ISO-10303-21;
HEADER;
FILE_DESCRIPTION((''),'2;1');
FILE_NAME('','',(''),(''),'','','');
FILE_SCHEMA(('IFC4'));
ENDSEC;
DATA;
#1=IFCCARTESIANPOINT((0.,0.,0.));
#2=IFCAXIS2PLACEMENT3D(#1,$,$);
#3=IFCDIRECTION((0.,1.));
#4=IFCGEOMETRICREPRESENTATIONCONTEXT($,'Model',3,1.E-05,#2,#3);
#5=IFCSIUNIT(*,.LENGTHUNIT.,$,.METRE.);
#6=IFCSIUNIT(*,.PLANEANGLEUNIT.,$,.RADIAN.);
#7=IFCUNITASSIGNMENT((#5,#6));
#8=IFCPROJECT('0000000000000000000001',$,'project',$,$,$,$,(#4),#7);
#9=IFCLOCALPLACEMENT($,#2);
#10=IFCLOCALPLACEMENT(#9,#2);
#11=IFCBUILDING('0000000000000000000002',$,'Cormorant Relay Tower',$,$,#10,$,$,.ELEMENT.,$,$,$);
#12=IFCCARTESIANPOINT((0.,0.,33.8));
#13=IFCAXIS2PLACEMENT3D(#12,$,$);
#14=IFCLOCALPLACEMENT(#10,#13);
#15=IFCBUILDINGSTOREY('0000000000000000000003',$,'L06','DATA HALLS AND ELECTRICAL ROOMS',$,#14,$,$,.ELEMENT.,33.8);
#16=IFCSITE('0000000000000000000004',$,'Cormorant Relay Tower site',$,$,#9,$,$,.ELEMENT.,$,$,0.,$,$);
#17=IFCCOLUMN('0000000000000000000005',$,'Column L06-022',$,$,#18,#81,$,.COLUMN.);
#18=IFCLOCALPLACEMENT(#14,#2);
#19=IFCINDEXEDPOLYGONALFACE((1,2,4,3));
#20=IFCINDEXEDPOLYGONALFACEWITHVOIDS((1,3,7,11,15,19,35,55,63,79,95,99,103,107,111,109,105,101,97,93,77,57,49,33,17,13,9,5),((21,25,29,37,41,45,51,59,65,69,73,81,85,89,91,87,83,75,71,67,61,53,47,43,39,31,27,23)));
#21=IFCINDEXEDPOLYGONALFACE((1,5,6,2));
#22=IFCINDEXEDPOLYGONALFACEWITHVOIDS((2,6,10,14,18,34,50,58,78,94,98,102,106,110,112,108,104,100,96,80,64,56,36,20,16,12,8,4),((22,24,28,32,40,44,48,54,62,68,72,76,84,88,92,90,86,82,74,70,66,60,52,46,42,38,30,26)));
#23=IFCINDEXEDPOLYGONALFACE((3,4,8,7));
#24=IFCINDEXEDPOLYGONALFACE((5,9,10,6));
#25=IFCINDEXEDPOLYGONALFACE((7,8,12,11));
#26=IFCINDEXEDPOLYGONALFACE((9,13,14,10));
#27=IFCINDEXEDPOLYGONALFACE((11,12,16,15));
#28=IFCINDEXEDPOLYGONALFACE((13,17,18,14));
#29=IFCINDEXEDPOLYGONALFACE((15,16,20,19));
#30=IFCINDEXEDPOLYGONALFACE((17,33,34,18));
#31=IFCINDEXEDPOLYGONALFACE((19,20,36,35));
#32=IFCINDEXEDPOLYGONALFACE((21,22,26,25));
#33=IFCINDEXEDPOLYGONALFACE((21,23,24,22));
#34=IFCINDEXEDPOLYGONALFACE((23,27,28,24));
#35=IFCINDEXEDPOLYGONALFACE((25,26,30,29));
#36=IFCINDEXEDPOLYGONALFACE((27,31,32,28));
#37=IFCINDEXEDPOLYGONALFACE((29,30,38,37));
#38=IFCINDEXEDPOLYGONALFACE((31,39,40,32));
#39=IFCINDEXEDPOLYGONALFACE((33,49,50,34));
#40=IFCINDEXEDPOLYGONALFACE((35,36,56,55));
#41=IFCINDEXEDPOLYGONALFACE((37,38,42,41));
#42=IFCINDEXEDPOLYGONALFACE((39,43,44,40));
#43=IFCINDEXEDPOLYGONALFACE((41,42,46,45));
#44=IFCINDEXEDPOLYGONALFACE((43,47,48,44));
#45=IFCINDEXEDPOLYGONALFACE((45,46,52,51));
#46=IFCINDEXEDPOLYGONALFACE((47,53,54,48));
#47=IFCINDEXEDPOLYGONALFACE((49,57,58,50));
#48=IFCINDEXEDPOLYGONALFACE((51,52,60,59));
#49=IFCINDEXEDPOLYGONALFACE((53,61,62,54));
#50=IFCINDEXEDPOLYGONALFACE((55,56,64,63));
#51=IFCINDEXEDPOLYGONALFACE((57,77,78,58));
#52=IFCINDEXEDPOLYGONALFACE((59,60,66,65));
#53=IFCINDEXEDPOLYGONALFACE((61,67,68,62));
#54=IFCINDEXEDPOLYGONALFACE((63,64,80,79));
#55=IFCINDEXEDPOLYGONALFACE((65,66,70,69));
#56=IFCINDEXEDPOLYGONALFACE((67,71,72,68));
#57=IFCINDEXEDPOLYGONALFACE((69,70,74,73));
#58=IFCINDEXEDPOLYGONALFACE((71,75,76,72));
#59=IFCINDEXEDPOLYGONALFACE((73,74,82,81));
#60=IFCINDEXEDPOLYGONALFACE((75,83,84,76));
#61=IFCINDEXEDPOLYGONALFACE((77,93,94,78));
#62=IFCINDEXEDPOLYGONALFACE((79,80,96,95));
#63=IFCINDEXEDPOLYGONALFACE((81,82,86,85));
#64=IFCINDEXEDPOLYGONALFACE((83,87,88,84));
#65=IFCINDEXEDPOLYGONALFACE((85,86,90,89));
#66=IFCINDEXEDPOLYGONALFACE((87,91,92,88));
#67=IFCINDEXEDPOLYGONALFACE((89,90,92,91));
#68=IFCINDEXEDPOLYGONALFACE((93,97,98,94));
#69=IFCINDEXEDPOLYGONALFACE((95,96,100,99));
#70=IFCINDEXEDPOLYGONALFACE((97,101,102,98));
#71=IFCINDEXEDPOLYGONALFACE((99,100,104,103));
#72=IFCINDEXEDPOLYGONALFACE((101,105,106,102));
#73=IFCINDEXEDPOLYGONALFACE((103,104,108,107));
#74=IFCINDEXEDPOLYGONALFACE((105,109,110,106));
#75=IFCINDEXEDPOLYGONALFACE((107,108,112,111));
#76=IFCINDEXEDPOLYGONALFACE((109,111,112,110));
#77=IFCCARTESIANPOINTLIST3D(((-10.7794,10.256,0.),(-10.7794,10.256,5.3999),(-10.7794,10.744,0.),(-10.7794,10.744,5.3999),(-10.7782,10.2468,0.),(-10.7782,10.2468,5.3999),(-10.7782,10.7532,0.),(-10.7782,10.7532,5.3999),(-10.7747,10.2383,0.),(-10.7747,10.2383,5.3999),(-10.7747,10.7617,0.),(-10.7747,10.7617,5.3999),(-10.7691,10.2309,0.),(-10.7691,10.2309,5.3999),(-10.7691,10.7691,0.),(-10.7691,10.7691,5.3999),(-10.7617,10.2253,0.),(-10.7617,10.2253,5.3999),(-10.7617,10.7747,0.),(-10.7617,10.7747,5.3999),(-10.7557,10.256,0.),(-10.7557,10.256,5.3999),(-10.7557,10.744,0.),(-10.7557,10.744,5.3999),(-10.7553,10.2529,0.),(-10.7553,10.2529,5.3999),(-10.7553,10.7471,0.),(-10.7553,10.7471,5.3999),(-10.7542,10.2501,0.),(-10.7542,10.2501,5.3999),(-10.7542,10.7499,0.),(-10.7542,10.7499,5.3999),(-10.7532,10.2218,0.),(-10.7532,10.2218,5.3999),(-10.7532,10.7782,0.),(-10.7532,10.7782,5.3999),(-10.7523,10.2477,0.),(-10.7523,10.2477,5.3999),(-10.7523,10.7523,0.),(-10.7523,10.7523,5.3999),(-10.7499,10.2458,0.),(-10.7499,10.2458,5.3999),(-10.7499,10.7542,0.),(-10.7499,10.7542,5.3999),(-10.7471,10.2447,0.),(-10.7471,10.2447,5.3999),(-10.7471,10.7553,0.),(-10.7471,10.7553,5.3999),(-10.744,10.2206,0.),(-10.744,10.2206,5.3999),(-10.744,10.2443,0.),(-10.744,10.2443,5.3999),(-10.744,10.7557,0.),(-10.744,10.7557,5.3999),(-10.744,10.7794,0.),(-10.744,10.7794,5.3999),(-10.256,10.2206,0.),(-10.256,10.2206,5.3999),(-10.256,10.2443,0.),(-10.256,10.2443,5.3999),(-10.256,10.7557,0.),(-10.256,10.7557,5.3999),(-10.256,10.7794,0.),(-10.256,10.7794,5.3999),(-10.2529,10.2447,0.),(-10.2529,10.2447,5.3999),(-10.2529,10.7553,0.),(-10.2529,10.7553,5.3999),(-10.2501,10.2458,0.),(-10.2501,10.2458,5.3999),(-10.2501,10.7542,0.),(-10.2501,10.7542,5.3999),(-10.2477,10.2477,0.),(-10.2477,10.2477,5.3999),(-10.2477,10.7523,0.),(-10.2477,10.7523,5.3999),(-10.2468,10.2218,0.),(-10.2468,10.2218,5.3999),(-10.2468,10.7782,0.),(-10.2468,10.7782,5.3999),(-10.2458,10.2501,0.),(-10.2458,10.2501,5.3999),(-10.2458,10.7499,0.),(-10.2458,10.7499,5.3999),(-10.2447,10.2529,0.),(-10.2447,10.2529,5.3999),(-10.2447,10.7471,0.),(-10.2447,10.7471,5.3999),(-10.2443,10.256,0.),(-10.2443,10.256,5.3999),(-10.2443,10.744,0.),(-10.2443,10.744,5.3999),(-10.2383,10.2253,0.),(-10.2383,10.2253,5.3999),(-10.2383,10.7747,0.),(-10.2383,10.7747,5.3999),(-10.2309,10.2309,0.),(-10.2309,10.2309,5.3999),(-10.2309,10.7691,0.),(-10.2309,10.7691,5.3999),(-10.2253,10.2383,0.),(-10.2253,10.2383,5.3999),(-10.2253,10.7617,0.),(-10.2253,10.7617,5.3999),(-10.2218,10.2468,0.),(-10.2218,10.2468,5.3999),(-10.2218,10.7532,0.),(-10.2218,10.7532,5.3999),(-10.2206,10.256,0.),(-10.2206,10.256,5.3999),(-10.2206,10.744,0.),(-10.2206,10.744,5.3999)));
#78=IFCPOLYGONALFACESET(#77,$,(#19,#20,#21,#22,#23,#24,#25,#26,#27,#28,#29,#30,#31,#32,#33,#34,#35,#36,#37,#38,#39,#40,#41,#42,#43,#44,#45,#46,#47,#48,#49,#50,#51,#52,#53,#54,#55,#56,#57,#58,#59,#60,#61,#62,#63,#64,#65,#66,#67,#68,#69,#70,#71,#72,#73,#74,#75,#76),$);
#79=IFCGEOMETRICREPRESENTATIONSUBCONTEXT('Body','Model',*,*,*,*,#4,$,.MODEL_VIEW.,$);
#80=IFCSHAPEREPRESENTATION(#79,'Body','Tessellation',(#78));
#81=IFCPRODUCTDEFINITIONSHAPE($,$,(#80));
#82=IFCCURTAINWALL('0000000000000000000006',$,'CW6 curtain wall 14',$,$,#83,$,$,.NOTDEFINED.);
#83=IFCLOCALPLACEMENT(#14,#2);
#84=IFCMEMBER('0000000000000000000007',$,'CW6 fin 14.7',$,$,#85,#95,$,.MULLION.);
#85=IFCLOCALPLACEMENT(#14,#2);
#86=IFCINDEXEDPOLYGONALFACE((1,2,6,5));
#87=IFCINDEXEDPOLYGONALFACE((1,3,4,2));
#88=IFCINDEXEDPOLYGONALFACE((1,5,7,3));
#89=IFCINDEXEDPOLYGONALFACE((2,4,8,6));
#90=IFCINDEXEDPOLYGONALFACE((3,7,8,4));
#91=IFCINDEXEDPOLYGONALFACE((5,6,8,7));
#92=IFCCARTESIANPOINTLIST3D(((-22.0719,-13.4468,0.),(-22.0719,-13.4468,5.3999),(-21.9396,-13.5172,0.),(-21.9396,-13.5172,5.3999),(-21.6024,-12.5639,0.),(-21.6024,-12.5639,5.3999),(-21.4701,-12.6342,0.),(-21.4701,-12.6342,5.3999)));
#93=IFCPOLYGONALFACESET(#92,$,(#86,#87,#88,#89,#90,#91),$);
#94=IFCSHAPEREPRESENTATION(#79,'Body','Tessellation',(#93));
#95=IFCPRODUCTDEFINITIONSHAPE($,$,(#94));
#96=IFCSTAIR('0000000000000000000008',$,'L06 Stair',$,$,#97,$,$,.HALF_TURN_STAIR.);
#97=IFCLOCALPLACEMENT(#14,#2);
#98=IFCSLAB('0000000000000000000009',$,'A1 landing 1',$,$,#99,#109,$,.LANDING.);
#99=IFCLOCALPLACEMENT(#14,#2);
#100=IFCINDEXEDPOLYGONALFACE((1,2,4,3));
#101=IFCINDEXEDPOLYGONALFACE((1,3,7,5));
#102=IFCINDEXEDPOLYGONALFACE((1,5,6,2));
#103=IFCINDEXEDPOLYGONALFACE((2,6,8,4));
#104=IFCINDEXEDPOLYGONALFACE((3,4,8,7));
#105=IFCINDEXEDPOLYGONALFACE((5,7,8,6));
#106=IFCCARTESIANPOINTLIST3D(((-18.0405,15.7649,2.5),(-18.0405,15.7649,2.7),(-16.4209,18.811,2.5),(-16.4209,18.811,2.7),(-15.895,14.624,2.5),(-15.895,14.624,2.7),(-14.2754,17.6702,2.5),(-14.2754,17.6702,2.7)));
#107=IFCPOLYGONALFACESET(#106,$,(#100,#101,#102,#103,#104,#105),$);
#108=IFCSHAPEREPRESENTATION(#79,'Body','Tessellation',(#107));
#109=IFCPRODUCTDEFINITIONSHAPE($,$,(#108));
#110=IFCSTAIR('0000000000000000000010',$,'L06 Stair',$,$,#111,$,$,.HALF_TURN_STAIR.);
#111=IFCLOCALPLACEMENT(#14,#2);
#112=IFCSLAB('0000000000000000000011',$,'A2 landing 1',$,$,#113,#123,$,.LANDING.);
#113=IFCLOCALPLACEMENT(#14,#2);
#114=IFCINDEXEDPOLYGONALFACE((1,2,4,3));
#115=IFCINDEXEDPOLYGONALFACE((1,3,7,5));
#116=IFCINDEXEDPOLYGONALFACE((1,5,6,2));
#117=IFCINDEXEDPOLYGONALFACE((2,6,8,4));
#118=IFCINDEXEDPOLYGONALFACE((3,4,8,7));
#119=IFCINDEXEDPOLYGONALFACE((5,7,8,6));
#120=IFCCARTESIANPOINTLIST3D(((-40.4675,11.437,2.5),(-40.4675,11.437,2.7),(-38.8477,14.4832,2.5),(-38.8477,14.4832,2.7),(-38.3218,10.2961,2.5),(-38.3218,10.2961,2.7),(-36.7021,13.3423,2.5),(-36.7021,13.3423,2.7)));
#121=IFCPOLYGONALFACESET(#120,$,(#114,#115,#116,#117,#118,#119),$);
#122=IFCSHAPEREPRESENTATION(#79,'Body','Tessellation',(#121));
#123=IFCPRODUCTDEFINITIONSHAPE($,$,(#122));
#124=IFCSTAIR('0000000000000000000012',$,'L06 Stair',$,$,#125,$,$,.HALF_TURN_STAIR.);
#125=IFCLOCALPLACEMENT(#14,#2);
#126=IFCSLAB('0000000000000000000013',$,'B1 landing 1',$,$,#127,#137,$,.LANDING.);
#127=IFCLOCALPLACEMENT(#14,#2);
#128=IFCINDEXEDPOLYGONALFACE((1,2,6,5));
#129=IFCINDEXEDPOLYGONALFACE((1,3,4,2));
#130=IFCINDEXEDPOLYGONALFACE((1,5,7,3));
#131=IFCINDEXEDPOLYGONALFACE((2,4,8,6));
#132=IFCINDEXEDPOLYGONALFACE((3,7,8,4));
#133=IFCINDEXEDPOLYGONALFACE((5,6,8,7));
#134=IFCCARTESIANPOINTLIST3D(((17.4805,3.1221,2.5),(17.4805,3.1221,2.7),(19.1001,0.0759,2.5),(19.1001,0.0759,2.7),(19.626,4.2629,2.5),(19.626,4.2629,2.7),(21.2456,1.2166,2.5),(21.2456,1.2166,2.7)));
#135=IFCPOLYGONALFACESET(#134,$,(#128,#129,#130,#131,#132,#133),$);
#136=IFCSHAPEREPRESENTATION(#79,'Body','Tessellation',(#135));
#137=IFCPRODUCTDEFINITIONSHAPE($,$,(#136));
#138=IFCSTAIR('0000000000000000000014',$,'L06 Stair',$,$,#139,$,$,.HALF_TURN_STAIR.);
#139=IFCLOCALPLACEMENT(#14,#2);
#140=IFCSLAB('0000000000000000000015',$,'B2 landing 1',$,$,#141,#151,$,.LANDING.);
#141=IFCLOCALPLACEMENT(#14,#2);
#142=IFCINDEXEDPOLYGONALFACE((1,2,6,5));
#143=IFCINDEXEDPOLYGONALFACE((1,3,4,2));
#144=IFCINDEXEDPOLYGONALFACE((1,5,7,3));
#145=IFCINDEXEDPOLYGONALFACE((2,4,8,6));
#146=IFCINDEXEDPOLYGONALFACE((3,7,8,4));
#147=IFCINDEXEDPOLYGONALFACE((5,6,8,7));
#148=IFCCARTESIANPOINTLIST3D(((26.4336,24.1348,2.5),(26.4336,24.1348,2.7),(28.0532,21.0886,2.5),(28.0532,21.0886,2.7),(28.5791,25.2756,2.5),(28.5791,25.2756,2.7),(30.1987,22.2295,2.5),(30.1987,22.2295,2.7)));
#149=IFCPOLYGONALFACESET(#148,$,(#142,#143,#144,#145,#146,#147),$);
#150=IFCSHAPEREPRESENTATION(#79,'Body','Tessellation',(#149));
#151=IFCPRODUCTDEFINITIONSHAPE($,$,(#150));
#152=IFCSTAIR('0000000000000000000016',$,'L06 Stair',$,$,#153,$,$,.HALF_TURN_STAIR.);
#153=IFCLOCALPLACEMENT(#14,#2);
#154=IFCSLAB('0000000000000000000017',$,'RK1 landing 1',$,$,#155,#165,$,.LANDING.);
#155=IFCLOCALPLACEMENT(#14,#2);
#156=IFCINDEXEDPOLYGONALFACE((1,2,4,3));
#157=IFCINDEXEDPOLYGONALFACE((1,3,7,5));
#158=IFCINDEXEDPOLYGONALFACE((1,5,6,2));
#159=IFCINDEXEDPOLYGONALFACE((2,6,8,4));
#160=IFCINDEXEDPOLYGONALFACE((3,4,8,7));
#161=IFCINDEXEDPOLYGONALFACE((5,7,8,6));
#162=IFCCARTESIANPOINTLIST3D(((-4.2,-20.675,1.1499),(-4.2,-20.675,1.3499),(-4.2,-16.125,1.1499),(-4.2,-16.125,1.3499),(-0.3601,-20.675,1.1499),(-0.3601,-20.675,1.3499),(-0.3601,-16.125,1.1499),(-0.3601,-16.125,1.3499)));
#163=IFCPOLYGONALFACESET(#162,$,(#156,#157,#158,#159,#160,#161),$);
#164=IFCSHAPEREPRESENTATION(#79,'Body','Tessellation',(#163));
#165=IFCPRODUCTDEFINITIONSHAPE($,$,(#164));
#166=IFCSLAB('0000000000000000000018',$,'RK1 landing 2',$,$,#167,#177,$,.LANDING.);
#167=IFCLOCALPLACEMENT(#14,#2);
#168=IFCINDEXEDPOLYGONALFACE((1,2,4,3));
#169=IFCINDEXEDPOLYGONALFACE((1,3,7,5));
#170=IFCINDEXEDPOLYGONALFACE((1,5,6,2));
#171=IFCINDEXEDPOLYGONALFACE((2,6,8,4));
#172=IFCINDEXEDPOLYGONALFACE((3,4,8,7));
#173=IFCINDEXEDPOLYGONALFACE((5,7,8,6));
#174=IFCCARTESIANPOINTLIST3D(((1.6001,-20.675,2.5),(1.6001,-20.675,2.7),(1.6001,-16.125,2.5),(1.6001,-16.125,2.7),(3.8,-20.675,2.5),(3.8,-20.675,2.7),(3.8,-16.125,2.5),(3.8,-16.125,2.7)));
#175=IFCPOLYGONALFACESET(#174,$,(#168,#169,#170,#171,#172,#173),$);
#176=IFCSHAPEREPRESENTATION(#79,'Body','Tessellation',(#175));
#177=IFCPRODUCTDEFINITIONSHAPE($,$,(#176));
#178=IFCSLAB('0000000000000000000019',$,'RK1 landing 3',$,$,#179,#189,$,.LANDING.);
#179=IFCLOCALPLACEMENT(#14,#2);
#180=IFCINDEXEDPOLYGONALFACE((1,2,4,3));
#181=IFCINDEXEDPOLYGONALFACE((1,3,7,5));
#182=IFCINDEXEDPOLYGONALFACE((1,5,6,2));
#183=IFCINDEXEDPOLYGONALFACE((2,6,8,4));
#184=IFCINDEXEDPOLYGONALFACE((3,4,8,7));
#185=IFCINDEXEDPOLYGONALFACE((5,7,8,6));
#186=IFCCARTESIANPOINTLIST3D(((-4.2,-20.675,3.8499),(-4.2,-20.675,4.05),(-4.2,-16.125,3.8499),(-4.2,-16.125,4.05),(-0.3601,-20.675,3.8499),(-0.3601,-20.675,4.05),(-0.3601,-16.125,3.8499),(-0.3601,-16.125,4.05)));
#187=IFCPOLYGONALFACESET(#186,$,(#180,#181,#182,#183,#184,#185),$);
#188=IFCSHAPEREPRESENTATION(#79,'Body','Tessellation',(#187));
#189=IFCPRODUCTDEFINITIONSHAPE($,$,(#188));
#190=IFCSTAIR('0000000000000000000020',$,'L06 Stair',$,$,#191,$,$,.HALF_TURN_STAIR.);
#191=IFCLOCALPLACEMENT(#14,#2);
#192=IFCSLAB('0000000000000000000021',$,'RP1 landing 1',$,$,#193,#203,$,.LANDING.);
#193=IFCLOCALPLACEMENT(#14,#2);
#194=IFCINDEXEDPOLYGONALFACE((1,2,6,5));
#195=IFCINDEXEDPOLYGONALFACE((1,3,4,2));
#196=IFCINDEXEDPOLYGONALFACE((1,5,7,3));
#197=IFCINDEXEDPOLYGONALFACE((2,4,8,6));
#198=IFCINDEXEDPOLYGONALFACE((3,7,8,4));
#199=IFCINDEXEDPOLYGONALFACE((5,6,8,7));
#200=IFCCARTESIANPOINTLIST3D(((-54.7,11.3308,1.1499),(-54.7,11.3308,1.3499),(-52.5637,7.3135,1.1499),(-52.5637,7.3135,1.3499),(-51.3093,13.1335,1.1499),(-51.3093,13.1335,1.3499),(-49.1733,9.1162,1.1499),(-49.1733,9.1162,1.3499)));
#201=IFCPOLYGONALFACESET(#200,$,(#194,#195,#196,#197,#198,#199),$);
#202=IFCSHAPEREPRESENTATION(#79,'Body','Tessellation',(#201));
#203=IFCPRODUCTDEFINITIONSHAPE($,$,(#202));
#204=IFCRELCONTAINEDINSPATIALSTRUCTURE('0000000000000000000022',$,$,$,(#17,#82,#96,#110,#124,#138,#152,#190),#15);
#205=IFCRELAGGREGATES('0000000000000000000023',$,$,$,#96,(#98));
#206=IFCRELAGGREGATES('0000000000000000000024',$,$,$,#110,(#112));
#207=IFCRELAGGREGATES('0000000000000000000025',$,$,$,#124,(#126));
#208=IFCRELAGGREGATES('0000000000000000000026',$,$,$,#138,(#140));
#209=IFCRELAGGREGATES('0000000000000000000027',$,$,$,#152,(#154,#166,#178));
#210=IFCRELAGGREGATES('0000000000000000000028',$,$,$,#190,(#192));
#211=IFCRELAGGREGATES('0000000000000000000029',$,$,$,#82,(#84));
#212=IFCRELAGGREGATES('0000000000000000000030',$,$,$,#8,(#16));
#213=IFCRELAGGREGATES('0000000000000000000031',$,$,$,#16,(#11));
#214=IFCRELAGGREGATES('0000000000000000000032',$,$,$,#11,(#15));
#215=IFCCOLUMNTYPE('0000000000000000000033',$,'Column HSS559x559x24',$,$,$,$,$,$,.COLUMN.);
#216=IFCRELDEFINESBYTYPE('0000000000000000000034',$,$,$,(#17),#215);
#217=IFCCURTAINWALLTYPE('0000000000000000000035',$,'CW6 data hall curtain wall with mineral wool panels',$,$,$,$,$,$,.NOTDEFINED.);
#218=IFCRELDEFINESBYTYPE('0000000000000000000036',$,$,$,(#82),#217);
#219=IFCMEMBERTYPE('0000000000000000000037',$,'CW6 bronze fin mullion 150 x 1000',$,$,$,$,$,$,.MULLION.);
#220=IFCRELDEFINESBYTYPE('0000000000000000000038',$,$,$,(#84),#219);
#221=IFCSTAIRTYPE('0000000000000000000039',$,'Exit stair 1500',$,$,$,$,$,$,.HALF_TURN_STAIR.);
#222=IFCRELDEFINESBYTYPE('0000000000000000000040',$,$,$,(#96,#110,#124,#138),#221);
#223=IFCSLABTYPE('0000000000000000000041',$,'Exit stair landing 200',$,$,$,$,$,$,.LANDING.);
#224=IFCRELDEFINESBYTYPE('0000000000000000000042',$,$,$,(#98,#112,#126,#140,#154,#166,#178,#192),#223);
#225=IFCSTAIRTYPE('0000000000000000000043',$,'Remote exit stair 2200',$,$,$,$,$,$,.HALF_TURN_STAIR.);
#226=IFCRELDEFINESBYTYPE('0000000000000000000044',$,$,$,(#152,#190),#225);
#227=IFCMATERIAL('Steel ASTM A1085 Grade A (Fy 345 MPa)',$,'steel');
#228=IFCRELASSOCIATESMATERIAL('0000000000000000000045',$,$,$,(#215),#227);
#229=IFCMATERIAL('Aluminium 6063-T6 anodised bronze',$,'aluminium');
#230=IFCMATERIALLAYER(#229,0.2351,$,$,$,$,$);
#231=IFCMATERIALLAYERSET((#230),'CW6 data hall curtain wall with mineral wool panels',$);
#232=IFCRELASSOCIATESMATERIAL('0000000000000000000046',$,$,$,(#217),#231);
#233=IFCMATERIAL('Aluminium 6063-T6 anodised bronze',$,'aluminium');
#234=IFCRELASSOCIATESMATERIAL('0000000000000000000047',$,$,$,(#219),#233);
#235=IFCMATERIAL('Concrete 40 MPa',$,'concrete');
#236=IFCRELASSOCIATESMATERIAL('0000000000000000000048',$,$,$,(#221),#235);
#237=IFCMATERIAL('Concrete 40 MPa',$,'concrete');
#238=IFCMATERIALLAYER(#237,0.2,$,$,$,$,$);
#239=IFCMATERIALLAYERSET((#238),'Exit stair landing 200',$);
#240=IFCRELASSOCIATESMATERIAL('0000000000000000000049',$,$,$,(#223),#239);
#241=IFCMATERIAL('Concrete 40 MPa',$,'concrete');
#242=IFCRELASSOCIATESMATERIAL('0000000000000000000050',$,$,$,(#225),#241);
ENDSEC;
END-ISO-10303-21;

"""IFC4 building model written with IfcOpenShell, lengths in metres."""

from ifc_helpers import new_model, si_unit, direction, frame, origin, origin_2d, place, context, subcontext, project, spatial, polyline, rectangle, hollow_rectangle, outline, extrude, material, layer, layer_set, material_profile, profile_set, type_object, element, aggregate, save


model = new_model("IFC4")

# Units and contexts
model_context = context("Model", 3, precision=1e-05, world=origin(), true_north=direction((0.0, 1.0)))
body_context = subcontext(model_context, "Body", "Model", "MODEL_VIEW")
ifc_project = project(units=[si_unit("LENGTHUNIT", "METRE"), si_unit("PLANEANGLEUNIT", "RADIAN")], contexts=[model_context])

# Site, building, storey
site_placement = place(None, origin())
site = spatial("IfcSite", under=ifc_project, at=site_placement, Name="Cormorant Relay Tower site", CompositionType="ELEMENT", RefElevation=0.0)
building_placement = place(site_placement, origin())
building = spatial("IfcBuilding", under=site, at=building_placement, Name="Cormorant Relay Tower", CompositionType="ELEMENT")
storey_placement = place(building_placement, frame((0.0, 0.0, 33.8)))
storey = spatial("IfcBuildingStorey", under=building, at=storey_placement, Name="L06", Description="DATA HALLS AND ELECTRICAL ROOMS", CompositionType="ELEMENT", Elevation=33.8)

# Column
ifc_material_1 = material(Name="Steel ASTM A1085 Grade A (Fy 345 MPa)", Category="steel")
ifc_material_profile_1 = material_profile(ifc_material_1, hollow_rectangle(XDim=0.5588, YDim=0.5588, WallThickness=0.0237, InnerFilletRadius=0.0117, OuterFilletRadius=0.0354, at=origin_2d()), Name="HSS559x559x24")
ifc_profile_set_1 = profile_set([ifc_material_profile_1], Name="Steel ASTM A1085 Grade A (Fy 345 MPa)")
column_type = type_object("IfcColumnType", Name="Column HSS559x559x24", PredefinedType="COLUMN", material=ifc_profile_set_1)
for number, where, z_axis, x_axis, name in (
    (1, (-10.5, 10.5, 0.0), (0.0, 0.0, 1.0), (1.0, 0.0, 0.0), "Column L06-022"),
):
    element("IfcColumn", number, at=place(storey_placement, frame(where, z_axis=z_axis, x_axis=x_axis)), inside=storey, type_object=column_type, Name=name, PredefinedType="COLUMN", context=body_context, shape_type="SweptSolid", body=[
        extrude(hollow_rectangle(XDim=0.5588, YDim=0.5588, WallThickness=0.0237, InnerFilletRadius=0.0117, OuterFilletRadius=0.0354, at=origin_2d()), origin(), (0.0, 0.0, 1.0), 5.3999),
    ])

# Curtain wall, member
ifc_material_2 = material(Name="Aluminium 6063-T6 anodised bronze", Category="aluminium")
ifc_layer_1 = layer(ifc_material_2, 0.2351)
ifc_layer_set_1 = layer_set([ifc_layer_1], Name="CW6 data hall curtain wall with mineral wool panels")
curtain_wall_type = type_object("IfcCurtainWallType", Name="CW6 data hall curtain wall with mineral wool panels", PredefinedType="NOTDEFINED", material=ifc_layer_set_1)
curtain_wall_placement = place(storey_placement, origin())
curtain_wall = element("IfcCurtainWall", 2, at=curtain_wall_placement, inside=storey, type_object=curtain_wall_type, Name="CW6 curtain wall 14", PredefinedType="NOTDEFINED")
ifc_material_3 = material(Name="Aluminium 6063-T6 anodised bronze", Category="aluminium")
ifc_material_profile_2 = material_profile(ifc_material_3, rectangle(XDim=0.1499, YDim=1.0, at=origin_2d()), Name="AL 150x1000")
ifc_profile_set_2 = profile_set([ifc_material_profile_2], Name="Aluminium 6063-T6 anodised bronze")
member_type = type_object("IfcMemberType", Name="CW6 bronze fin mullion 150 x 1000", PredefinedType="MULLION", material=ifc_profile_set_2)
member_placement = place(storey_placement, frame((-21.771, -13.0405, 0.0), z_axis=(0.0, 0.0, 1.0), x_axis=(0.882948, -0.469472, 0.0)))
member = element("IfcMember", 3, at=member_placement, type_object=member_type, Name="CW6 fin 14.7", PredefinedType="MULLION", context=body_context, shape_type="SweptSolid", body=[
    extrude(rectangle(XDim=0.1499, YDim=1.0, at=origin_2d()), origin(), (0.0, 0.0, 1.0), 5.3999),
])

# Stairs, slabs
ifc_material_4 = material(Name="Concrete 40 MPa", Category="concrete")
stair_type_1 = type_object("IfcStairType", Name="Exit stair 1500", PredefinedType="HALF_TURN_STAIR", material=ifc_material_4)
stair_1_placement = place(storey_placement, origin())
stair_1 = element("IfcStair", 4, at=stair_1_placement, inside=storey, type_object=stair_type_1, Name="L06 Stair", PredefinedType="HALF_TURN_STAIR")
ifc_material_5 = material(Name="Concrete 40 MPa", Category="concrete")
ifc_layer_2 = layer(ifc_material_5, 0.2)
ifc_layer_set_2 = layer_set([ifc_layer_2], Name="Exit stair landing 200")
slab_type_1 = type_object("IfcSlabType", Name="Exit stair landing 200", PredefinedType="LANDING", material=ifc_layer_set_2)
slab_1_placement = place(storey_placement, frame((0.0, 0.0, 2.5)))
slab_1 = element("IfcSlab", 5, at=slab_1_placement, type_object=slab_type_1, Name="A1 landing 1", PredefinedType="LANDING", context=body_context, shape_type="SweptSolid", body=[
    extrude(outline(polyline([(-18.0405, 15.7649), (-15.895, 14.624), (-14.2754, 17.6702), (-16.4209, 18.811), (-18.0405, 15.7649)])), origin(), (0.0, 0.0, 1.0), 0.2),
])
aggregate(stair_1, [slab_1])
stair_2_placement = place(storey_placement, origin())
stair_2 = element("IfcStair", 6, at=stair_2_placement, inside=storey, type_object=stair_type_1, Name="L06 Stair", PredefinedType="HALF_TURN_STAIR")
slab_2_placement = place(storey_placement, frame((0.0, 0.0, 2.5)))
slab_2 = element("IfcSlab", 7, at=slab_2_placement, type_object=slab_type_1, Name="A2 landing 1", PredefinedType="LANDING", context=body_context, shape_type="SweptSolid", body=[
    extrude(outline(polyline([(-36.7021, 13.3423), (-38.8477, 14.4832), (-40.4675, 11.437), (-38.3218, 10.2961), (-36.7021, 13.3423)])), origin(), (0.0, 0.0, 1.0), 0.2),
])
aggregate(stair_2, [slab_2])
stair_3_placement = place(storey_placement, origin())
stair_3 = element("IfcStair", 8, at=stair_3_placement, inside=storey, type_object=stair_type_1, Name="L06 Stair", PredefinedType="HALF_TURN_STAIR")
slab_3_placement = place(storey_placement, frame((0.0, 0.0, 2.5)))
slab_3 = element("IfcSlab", 9, at=slab_3_placement, type_object=slab_type_1, Name="B1 landing 1", PredefinedType="LANDING", context=body_context, shape_type="SweptSolid", body=[
    extrude(outline(polyline([(19.626, 4.2629), (17.4805, 3.1221), (19.1001, 0.0759), (21.2456, 1.2166), (19.626, 4.2629)])), origin(), (0.0, 0.0, 1.0), 0.2),
])
aggregate(stair_3, [slab_3])
stair_4_placement = place(storey_placement, origin())
stair_4 = element("IfcStair", 10, at=stair_4_placement, inside=storey, type_object=stair_type_1, Name="L06 Stair", PredefinedType="HALF_TURN_STAIR")
slab_4_placement = place(storey_placement, frame((0.0, 0.0, 2.5)))
slab_4 = element("IfcSlab", 11, at=slab_4_placement, type_object=slab_type_1, Name="B2 landing 1", PredefinedType="LANDING", context=body_context, shape_type="SweptSolid", body=[
    extrude(outline(polyline([(28.0532, 21.0886), (30.1987, 22.2295), (28.5791, 25.2756), (26.4336, 24.1348), (28.0532, 21.0886)])), origin(), (0.0, 0.0, 1.0), 0.2),
])
aggregate(stair_4, [slab_4])

# Stairs, slabs
ifc_material_6 = material(Name="Concrete 40 MPa", Category="concrete")
stair_type_2 = type_object("IfcStairType", Name="Remote exit stair 2200", PredefinedType="HALF_TURN_STAIR", material=ifc_material_6)
stair_5_placement = place(storey_placement, origin())
stair_5 = element("IfcStair", 12, at=stair_5_placement, inside=storey, type_object=stair_type_2, Name="L06 Stair", PredefinedType="HALF_TURN_STAIR")
slab_5_placement = place(storey_placement, frame((0.0, 0.0, 1.1499)))
slab_5 = element("IfcSlab", 13, at=slab_5_placement, type_object=slab_type_1, Name="RK1 landing 1", PredefinedType="LANDING", context=body_context, shape_type="SweptSolid", body=[
    extrude(outline(polyline([(-0.3601, -16.125), (-4.2, -16.125), (-4.2, -20.675), (-0.3601, -20.675), (-0.3601, -16.125)])), origin(), (0.0, 0.0, 1.0), 0.2),
])
slab_6_placement = place(storey_placement, frame((0.0, 0.0, 2.5)))
slab_6 = element("IfcSlab", 14, at=slab_6_placement, type_object=slab_type_1, Name="RK1 landing 2", PredefinedType="LANDING", context=body_context, shape_type="SweptSolid", body=[
    extrude(outline(polyline([(3.8, -16.125), (1.6001, -16.125), (1.6001, -20.675), (3.8, -20.675), (3.8, -16.125)])), origin(), (0.0, 0.0, 1.0), 0.2),
])
slab_7_placement = place(storey_placement, frame((0.0, 0.0, 3.8499)))
slab_7 = element("IfcSlab", 15, at=slab_7_placement, type_object=slab_type_1, Name="RK1 landing 3", PredefinedType="LANDING", context=body_context, shape_type="SweptSolid", body=[
    extrude(outline(polyline([(-0.3601, -16.125), (-4.2, -16.125), (-4.2, -20.675), (-0.3601, -20.675), (-0.3601, -16.125)])), origin(), (0.0, 0.0, 1.0), 0.2002),
])
aggregate(stair_5, [slab_5, slab_6, slab_7])
stair_6_placement = place(storey_placement, origin())
stair_6 = element("IfcStair", 16, at=stair_6_placement, inside=storey, type_object=stair_type_2, Name="L06 Stair", PredefinedType="HALF_TURN_STAIR")
slab_8_placement = place(storey_placement, frame((0.0, 0.0, 1.1499)))
slab_8 = element("IfcSlab", 17, at=slab_8_placement, type_object=slab_type_1, Name="RP1 landing 1", PredefinedType="LANDING", context=body_context, shape_type="SweptSolid", body=[
    extrude(outline(polyline([(-51.3093, 13.1335), (-54.7, 11.3308), (-52.5637, 7.3135), (-49.1733, 9.1162), (-51.3093, 13.1335)])), origin(), (0.0, 0.0, 1.0), 0.2),
])
aggregate(stair_6, [slab_8])

aggregate(curtain_wall, [member])

save(model, "model.ifc")
